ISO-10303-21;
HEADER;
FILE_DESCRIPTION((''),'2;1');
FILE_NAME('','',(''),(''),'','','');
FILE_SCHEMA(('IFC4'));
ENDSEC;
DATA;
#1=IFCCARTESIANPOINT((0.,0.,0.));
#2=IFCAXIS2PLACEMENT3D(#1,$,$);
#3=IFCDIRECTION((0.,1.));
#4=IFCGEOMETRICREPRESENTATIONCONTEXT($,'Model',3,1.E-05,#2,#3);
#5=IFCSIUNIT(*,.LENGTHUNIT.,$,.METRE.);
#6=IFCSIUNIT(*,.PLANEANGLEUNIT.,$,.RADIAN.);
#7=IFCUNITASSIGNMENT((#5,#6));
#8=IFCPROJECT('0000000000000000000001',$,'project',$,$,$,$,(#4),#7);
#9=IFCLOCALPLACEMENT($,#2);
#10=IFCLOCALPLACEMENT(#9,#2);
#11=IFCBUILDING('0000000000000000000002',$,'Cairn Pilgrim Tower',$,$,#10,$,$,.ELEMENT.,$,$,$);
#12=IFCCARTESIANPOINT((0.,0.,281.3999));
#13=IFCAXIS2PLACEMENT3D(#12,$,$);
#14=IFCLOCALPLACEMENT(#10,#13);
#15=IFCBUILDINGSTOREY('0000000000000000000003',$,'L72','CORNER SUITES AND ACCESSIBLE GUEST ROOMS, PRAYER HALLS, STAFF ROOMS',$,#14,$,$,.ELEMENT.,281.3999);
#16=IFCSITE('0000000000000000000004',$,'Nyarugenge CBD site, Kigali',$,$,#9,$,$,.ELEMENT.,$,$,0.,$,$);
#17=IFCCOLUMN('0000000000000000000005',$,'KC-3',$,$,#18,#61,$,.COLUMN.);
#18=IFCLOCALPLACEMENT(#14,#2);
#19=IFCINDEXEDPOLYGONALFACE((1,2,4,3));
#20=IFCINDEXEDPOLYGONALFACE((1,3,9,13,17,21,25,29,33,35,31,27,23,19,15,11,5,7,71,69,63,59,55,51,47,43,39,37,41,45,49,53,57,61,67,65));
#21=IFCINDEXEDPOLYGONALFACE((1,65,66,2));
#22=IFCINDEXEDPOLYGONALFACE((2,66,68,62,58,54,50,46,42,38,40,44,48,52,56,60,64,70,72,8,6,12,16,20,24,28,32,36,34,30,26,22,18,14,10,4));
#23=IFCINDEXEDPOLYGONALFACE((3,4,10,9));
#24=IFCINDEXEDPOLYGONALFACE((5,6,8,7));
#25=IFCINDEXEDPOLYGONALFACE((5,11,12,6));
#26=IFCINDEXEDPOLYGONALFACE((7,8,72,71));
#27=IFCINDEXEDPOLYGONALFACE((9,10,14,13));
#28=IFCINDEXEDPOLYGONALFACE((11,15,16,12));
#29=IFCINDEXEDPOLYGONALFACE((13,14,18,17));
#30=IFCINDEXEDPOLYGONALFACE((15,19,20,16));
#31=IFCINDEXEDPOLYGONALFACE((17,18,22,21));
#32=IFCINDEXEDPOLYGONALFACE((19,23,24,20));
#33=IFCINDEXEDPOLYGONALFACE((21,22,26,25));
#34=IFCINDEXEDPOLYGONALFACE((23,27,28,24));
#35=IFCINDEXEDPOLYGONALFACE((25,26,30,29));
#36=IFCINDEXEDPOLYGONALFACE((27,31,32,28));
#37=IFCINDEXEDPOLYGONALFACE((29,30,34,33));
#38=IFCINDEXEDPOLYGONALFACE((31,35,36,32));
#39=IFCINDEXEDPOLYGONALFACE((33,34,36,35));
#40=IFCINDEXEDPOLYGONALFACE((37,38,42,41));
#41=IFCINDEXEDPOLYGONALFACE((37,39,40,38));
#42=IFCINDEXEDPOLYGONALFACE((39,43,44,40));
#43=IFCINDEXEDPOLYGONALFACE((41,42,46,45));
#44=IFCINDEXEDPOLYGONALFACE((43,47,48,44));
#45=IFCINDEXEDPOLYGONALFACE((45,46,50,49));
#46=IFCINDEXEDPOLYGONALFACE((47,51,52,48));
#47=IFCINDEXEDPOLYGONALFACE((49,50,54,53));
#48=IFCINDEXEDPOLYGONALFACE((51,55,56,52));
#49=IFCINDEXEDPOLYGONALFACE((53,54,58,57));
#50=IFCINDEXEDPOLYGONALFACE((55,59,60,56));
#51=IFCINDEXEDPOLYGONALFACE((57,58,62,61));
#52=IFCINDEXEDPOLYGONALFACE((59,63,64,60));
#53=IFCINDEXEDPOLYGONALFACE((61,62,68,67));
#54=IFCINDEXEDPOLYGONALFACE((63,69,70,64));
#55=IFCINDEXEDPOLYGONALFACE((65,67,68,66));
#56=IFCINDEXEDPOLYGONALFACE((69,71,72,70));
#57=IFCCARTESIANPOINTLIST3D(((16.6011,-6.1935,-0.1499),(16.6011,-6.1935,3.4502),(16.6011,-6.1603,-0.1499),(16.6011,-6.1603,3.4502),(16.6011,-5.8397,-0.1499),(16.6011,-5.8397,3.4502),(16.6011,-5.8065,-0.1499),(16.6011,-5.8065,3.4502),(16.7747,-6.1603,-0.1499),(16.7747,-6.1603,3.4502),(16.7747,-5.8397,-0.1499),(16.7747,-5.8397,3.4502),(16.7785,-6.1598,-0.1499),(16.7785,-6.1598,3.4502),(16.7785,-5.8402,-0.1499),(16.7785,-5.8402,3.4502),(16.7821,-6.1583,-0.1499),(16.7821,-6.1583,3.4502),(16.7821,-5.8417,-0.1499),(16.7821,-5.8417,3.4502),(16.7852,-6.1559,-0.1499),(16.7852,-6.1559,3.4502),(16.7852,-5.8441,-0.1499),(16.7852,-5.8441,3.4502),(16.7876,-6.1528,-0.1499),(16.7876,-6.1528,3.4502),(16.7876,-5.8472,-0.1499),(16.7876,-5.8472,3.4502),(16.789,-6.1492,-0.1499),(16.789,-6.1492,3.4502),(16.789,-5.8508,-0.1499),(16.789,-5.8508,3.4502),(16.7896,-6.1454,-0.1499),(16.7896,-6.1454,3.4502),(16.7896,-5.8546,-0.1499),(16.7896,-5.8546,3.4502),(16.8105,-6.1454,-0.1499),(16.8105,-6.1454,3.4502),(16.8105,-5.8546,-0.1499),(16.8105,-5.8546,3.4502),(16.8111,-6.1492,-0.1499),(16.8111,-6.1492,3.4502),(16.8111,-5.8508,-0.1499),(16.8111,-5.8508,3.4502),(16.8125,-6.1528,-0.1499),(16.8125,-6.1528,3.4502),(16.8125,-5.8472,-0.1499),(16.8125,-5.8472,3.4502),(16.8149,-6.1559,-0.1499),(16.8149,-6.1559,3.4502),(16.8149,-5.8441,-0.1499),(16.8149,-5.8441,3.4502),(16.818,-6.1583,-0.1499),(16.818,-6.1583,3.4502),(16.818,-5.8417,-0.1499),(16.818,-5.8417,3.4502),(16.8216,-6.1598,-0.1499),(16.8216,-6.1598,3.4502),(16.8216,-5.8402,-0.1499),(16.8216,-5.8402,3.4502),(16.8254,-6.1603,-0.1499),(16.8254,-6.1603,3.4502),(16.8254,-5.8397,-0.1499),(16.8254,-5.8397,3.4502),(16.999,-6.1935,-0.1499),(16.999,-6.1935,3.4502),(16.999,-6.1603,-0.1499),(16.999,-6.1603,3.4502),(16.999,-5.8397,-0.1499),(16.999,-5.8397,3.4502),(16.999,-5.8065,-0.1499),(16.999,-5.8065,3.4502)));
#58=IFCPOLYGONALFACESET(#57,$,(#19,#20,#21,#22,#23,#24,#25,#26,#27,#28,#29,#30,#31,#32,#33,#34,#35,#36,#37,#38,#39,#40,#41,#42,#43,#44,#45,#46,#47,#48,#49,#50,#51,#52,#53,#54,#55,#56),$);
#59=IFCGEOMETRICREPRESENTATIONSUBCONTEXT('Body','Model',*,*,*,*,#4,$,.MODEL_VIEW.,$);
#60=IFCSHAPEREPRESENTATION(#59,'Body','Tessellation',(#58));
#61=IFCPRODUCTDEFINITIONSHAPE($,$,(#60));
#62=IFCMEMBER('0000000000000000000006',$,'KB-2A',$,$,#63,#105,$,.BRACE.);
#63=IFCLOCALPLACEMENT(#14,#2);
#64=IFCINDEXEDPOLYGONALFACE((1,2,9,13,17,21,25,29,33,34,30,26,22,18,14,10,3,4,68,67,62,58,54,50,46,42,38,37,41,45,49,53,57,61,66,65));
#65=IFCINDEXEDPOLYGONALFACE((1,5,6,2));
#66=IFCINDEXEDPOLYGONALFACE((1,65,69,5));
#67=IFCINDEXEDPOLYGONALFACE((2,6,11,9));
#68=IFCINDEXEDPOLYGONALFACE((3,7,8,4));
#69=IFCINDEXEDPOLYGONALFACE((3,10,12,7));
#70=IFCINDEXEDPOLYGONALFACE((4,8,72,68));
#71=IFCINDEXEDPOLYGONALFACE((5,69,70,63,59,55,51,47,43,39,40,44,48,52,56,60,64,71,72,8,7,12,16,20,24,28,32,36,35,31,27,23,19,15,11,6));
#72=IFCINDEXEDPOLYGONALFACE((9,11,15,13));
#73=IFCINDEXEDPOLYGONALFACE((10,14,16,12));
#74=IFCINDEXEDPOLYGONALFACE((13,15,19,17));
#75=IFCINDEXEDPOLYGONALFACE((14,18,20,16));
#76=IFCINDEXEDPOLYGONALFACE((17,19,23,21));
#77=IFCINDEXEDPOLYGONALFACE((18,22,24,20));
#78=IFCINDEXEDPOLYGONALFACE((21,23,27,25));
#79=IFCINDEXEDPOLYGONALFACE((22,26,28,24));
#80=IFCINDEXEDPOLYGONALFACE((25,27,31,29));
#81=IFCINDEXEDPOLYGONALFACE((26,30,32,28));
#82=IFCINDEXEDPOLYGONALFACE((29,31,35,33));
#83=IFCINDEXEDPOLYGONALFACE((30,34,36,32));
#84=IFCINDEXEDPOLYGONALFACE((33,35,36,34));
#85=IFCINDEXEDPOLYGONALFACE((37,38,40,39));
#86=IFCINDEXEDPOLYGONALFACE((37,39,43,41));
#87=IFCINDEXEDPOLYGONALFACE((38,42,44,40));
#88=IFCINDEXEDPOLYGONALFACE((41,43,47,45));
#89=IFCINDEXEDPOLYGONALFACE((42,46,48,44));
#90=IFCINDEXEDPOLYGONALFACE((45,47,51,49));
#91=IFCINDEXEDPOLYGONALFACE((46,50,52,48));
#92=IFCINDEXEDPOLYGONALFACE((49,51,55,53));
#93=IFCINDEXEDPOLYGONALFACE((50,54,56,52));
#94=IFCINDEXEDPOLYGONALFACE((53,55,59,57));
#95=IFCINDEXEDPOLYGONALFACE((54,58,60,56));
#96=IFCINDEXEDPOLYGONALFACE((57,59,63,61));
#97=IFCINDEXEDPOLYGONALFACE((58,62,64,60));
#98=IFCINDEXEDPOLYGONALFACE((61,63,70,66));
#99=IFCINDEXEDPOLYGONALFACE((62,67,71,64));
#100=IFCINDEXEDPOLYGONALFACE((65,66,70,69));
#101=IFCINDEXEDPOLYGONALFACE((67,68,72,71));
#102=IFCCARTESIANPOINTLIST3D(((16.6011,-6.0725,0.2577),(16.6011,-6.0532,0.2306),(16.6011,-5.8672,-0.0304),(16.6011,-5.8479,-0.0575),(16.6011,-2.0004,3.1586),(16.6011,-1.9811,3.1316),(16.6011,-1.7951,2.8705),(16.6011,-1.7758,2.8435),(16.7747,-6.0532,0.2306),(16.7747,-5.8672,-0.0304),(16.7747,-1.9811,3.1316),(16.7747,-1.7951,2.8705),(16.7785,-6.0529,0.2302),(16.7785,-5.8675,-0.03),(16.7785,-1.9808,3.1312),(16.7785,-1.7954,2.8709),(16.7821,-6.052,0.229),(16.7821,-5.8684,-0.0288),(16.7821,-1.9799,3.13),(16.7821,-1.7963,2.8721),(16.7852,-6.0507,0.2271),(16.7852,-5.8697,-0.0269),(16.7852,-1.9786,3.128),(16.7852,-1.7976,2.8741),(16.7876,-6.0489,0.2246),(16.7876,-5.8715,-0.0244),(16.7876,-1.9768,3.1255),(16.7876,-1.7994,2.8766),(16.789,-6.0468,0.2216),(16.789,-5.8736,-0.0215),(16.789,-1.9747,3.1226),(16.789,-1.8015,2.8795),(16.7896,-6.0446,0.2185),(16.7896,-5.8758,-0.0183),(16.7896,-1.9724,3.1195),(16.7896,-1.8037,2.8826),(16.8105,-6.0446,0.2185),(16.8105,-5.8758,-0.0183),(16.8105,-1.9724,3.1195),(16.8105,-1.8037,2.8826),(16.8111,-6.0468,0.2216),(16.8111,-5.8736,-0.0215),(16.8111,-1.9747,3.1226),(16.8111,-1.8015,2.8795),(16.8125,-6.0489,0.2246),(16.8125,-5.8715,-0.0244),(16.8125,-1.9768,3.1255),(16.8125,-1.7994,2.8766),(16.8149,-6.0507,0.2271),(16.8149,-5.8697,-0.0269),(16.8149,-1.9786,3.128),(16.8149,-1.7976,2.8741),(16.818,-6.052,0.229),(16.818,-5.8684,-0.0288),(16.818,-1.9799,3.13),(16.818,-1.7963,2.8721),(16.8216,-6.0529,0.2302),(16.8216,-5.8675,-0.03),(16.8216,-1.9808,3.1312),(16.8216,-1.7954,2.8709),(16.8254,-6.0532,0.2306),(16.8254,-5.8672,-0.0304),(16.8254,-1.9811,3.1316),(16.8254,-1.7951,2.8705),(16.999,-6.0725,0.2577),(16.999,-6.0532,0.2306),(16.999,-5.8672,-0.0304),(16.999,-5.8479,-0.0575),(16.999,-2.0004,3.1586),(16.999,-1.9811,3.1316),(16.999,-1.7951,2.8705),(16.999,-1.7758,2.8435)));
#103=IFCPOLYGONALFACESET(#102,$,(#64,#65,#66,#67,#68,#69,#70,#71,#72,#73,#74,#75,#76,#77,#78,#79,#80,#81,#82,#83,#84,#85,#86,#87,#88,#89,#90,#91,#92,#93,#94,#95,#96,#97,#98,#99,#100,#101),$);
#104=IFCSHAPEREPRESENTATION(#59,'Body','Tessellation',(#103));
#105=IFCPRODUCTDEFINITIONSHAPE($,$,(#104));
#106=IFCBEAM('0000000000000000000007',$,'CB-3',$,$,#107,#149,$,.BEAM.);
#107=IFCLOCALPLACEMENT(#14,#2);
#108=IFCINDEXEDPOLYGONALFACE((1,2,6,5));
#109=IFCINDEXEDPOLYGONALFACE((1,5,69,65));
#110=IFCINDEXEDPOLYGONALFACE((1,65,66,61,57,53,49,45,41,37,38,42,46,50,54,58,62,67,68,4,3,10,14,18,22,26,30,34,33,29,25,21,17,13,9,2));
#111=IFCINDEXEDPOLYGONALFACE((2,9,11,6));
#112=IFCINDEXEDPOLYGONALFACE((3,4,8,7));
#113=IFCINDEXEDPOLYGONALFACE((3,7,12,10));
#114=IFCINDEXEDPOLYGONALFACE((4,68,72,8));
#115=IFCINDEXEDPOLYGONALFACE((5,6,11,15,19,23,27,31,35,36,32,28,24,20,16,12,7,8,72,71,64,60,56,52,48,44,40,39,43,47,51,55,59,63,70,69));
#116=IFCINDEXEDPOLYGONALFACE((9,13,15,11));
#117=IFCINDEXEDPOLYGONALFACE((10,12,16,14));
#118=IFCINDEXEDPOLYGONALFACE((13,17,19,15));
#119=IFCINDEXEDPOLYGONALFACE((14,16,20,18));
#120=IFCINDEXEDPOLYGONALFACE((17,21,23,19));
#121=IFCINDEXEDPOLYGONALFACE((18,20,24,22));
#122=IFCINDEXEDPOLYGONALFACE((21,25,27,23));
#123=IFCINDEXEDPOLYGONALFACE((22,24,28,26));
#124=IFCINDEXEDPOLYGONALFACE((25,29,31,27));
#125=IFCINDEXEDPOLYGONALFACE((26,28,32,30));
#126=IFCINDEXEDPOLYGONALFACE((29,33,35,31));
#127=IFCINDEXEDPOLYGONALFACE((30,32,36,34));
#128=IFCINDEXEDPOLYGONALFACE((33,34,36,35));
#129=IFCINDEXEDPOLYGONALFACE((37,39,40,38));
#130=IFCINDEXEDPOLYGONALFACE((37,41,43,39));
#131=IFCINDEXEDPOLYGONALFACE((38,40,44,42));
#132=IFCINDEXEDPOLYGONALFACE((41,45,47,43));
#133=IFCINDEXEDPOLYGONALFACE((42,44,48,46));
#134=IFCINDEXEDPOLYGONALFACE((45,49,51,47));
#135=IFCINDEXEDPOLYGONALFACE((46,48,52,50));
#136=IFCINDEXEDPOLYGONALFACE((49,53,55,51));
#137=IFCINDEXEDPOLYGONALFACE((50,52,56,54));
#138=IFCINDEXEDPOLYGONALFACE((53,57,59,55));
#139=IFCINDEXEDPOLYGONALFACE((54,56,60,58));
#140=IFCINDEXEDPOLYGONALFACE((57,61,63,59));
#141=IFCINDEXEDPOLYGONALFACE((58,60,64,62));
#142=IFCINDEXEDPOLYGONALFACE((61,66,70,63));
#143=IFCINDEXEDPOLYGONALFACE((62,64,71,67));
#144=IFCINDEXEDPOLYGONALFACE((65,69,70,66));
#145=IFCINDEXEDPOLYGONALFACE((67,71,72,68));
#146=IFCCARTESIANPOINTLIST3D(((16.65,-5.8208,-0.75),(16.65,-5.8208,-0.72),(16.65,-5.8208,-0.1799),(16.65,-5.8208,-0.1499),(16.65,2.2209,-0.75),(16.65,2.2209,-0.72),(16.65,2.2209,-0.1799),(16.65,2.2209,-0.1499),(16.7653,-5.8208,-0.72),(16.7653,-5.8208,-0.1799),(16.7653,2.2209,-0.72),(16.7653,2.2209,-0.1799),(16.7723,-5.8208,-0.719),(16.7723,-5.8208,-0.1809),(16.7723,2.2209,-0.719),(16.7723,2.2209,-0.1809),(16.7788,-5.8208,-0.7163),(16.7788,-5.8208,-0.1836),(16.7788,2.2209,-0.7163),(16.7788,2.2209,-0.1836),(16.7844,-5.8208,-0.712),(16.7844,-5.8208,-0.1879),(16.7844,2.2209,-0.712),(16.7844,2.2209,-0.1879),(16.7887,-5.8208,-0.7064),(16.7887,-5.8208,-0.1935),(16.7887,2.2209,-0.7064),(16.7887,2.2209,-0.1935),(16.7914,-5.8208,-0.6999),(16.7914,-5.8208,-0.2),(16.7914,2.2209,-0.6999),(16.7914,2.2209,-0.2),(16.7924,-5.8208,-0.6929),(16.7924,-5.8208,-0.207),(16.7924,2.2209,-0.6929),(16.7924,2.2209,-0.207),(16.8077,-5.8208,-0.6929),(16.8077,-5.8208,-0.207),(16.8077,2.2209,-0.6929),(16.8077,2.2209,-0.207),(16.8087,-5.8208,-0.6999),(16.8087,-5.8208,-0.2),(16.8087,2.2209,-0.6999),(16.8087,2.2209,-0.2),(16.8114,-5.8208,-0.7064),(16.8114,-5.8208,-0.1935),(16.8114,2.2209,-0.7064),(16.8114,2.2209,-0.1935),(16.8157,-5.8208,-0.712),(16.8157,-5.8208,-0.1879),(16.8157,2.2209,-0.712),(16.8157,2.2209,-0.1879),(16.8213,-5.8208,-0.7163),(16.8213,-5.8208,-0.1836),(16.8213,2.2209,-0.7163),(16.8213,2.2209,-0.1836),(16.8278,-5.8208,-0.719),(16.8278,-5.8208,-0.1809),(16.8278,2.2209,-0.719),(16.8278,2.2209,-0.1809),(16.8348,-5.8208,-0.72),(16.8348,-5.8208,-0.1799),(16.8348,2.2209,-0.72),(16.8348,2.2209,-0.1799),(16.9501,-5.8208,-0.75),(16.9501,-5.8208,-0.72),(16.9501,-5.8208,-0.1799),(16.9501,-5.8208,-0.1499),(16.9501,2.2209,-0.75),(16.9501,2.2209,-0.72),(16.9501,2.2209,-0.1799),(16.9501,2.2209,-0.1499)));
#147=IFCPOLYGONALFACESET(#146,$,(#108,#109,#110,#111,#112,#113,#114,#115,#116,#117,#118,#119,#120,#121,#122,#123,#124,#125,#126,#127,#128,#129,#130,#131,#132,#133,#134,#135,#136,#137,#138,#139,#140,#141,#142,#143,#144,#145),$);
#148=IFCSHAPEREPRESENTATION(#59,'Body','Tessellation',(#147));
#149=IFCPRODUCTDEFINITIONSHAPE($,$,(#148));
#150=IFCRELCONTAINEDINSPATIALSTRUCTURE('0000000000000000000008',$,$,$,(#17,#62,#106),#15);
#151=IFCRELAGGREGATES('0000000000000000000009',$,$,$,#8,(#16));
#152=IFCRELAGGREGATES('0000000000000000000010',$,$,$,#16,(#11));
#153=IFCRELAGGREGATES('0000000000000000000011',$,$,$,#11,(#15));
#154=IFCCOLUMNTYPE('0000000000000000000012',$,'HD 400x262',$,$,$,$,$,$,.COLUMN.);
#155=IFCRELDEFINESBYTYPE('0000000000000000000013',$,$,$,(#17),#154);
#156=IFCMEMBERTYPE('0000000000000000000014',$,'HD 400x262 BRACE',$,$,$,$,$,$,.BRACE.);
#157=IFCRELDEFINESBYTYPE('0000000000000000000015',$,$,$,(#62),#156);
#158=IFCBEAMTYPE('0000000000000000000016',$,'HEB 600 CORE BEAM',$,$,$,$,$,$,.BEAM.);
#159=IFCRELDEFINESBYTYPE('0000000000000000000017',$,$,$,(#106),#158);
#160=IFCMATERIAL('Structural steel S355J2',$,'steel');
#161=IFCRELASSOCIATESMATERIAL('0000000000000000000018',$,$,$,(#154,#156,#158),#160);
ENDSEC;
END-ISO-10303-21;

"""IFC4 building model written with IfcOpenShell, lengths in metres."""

from ifc_helpers import new_model, si_unit, direction, frame, origin, origin_2d, place, context, subcontext, project, spatial, i_section, extrude, material, material_profile, profile_set, type_object, element, save


model = new_model("IFC4")

# Units and contexts
model_context = context("Model", 3, precision=1e-05, world=origin(), true_north=direction((0.0, 1.0)))
body_context = subcontext(model_context, "Body", "Model", "MODEL_VIEW")
ifc_project = project(units=[si_unit("LENGTHUNIT", "METRE"), si_unit("PLANEANGLEUNIT", "RADIAN")], contexts=[model_context])

# Site, building, storey
site_placement = place(None, origin())
site = spatial("IfcSite", under=ifc_project, at=site_placement, Name="Nyarugenge CBD site, Kigali", CompositionType="ELEMENT", RefElevation=0.0)
building_placement = place(site_placement, origin())
building = spatial("IfcBuilding", under=site, at=building_placement, Name="Cairn Pilgrim Tower", CompositionType="ELEMENT")
storey_placement = place(building_placement, frame((0.0, 0.0, 281.3999)))
storey = spatial("IfcBuildingStorey", under=building, at=storey_placement, Name="L72", Description="CORNER SUITES AND ACCESSIBLE GUEST ROOMS, PRAYER HALLS, STAFF ROOMS", CompositionType="ELEMENT", Elevation=281.3999)

# Column
ifc_material_1 = material(Name="Structural steel S355J2", Category="steel")
ifc_material_profile_1 = material_profile(ifc_material_1, i_section(OverallWidth=0.3979, OverallDepth=0.387, WebThickness=0.021, FlangeThickness=0.0332, FilletRadius=0.0149, at=origin_2d()), Name="HD 400x262")
ifc_profile_set_1 = profile_set([ifc_material_profile_1], Name="Structural steel S355J2")
column_type = type_object("IfcColumnType", Name="HD 400x262", PredefinedType="COLUMN", material=ifc_profile_set_1)
column_placement = place(storey_placement, frame((16.8, -6.0, -0.1499), z_axis=(0.0, 0.0, 1.0), x_axis=(1.0, 0.0, 0.0)))
element("IfcColumn", 1, at=column_placement, inside=storey, type_object=column_type, Name="KC-3", PredefinedType="COLUMN", context=body_context, shape_type="SweptSolid", body=[
    extrude(i_section(OverallWidth=0.3979, OverallDepth=0.387, WebThickness=0.021, FlangeThickness=0.0332, FilletRadius=0.0149, at=origin_2d()), origin(), (0.0, 0.0, 1.0), 3.6001),
])

# Member
ifc_material_profile_2 = material_profile(ifc_material_1, i_section(OverallWidth=0.3979, OverallDepth=0.387, WebThickness=0.021, FlangeThickness=0.0332, FilletRadius=0.0149, at=origin_2d()), Name="HD 400x262")
ifc_profile_set_2 = profile_set([ifc_material_profile_2], Name="Structural steel S355J2")
member_type = type_object("IfcMemberType", Name="HD 400x262 BRACE", PredefinedType="BRACE", material=ifc_profile_set_2)
member_placement = place(storey_placement, frame((16.8, -5.9602, 0.1001), z_axis=(0.0, 0.814462, 0.580217), x_axis=(-1.0, 0.0, 0.0)))
element("IfcMember", 2, at=member_placement, inside=storey, type_object=member_type, Name="KB-2A", PredefinedType="BRACE", context=body_context, shape_type="SweptSolid", body=[
    extrude(i_section(OverallWidth=0.3979, OverallDepth=0.387, WebThickness=0.021, FlangeThickness=0.0332, FilletRadius=0.0149, at=origin_2d()), origin(), (0.0, 0.0, 1.0), 4.9998),
])

# Beam
ifc_material_profile_3 = material_profile(ifc_material_1, i_section(OverallWidth=0.3, OverallDepth=0.6001, WebThickness=0.0154, FlangeThickness=0.03, FilletRadius=0.0271, at=origin_2d()), Name="HEB 600")
ifc_profile_set_3 = profile_set([ifc_material_profile_3], Name="Structural steel S355J2")
beam_type_1 = type_object("IfcBeamType", Name="HEB 600 CORE BEAM", PredefinedType="BEAM", material=ifc_profile_set_3)
beam_placement = place(storey_placement, frame((16.8, -5.8208, -0.45), z_axis=(0.0, 1.0, 0.0), x_axis=(-1.0, 0.0, 0.0)))
element("IfcBeam", 3, at=beam_placement, inside=storey, type_object=beam_type_1, Name="CB-3", PredefinedType="BEAM", context=body_context, shape_type="SweptSolid", body=[
    extrude(i_section(OverallWidth=0.3, OverallDepth=0.6001, WebThickness=0.0154, FlangeThickness=0.03, FilletRadius=0.0271, at=origin_2d()), origin(), (0.0, 0.0, 1.0), 8.0417),
])

save(model, "model.ifc")
